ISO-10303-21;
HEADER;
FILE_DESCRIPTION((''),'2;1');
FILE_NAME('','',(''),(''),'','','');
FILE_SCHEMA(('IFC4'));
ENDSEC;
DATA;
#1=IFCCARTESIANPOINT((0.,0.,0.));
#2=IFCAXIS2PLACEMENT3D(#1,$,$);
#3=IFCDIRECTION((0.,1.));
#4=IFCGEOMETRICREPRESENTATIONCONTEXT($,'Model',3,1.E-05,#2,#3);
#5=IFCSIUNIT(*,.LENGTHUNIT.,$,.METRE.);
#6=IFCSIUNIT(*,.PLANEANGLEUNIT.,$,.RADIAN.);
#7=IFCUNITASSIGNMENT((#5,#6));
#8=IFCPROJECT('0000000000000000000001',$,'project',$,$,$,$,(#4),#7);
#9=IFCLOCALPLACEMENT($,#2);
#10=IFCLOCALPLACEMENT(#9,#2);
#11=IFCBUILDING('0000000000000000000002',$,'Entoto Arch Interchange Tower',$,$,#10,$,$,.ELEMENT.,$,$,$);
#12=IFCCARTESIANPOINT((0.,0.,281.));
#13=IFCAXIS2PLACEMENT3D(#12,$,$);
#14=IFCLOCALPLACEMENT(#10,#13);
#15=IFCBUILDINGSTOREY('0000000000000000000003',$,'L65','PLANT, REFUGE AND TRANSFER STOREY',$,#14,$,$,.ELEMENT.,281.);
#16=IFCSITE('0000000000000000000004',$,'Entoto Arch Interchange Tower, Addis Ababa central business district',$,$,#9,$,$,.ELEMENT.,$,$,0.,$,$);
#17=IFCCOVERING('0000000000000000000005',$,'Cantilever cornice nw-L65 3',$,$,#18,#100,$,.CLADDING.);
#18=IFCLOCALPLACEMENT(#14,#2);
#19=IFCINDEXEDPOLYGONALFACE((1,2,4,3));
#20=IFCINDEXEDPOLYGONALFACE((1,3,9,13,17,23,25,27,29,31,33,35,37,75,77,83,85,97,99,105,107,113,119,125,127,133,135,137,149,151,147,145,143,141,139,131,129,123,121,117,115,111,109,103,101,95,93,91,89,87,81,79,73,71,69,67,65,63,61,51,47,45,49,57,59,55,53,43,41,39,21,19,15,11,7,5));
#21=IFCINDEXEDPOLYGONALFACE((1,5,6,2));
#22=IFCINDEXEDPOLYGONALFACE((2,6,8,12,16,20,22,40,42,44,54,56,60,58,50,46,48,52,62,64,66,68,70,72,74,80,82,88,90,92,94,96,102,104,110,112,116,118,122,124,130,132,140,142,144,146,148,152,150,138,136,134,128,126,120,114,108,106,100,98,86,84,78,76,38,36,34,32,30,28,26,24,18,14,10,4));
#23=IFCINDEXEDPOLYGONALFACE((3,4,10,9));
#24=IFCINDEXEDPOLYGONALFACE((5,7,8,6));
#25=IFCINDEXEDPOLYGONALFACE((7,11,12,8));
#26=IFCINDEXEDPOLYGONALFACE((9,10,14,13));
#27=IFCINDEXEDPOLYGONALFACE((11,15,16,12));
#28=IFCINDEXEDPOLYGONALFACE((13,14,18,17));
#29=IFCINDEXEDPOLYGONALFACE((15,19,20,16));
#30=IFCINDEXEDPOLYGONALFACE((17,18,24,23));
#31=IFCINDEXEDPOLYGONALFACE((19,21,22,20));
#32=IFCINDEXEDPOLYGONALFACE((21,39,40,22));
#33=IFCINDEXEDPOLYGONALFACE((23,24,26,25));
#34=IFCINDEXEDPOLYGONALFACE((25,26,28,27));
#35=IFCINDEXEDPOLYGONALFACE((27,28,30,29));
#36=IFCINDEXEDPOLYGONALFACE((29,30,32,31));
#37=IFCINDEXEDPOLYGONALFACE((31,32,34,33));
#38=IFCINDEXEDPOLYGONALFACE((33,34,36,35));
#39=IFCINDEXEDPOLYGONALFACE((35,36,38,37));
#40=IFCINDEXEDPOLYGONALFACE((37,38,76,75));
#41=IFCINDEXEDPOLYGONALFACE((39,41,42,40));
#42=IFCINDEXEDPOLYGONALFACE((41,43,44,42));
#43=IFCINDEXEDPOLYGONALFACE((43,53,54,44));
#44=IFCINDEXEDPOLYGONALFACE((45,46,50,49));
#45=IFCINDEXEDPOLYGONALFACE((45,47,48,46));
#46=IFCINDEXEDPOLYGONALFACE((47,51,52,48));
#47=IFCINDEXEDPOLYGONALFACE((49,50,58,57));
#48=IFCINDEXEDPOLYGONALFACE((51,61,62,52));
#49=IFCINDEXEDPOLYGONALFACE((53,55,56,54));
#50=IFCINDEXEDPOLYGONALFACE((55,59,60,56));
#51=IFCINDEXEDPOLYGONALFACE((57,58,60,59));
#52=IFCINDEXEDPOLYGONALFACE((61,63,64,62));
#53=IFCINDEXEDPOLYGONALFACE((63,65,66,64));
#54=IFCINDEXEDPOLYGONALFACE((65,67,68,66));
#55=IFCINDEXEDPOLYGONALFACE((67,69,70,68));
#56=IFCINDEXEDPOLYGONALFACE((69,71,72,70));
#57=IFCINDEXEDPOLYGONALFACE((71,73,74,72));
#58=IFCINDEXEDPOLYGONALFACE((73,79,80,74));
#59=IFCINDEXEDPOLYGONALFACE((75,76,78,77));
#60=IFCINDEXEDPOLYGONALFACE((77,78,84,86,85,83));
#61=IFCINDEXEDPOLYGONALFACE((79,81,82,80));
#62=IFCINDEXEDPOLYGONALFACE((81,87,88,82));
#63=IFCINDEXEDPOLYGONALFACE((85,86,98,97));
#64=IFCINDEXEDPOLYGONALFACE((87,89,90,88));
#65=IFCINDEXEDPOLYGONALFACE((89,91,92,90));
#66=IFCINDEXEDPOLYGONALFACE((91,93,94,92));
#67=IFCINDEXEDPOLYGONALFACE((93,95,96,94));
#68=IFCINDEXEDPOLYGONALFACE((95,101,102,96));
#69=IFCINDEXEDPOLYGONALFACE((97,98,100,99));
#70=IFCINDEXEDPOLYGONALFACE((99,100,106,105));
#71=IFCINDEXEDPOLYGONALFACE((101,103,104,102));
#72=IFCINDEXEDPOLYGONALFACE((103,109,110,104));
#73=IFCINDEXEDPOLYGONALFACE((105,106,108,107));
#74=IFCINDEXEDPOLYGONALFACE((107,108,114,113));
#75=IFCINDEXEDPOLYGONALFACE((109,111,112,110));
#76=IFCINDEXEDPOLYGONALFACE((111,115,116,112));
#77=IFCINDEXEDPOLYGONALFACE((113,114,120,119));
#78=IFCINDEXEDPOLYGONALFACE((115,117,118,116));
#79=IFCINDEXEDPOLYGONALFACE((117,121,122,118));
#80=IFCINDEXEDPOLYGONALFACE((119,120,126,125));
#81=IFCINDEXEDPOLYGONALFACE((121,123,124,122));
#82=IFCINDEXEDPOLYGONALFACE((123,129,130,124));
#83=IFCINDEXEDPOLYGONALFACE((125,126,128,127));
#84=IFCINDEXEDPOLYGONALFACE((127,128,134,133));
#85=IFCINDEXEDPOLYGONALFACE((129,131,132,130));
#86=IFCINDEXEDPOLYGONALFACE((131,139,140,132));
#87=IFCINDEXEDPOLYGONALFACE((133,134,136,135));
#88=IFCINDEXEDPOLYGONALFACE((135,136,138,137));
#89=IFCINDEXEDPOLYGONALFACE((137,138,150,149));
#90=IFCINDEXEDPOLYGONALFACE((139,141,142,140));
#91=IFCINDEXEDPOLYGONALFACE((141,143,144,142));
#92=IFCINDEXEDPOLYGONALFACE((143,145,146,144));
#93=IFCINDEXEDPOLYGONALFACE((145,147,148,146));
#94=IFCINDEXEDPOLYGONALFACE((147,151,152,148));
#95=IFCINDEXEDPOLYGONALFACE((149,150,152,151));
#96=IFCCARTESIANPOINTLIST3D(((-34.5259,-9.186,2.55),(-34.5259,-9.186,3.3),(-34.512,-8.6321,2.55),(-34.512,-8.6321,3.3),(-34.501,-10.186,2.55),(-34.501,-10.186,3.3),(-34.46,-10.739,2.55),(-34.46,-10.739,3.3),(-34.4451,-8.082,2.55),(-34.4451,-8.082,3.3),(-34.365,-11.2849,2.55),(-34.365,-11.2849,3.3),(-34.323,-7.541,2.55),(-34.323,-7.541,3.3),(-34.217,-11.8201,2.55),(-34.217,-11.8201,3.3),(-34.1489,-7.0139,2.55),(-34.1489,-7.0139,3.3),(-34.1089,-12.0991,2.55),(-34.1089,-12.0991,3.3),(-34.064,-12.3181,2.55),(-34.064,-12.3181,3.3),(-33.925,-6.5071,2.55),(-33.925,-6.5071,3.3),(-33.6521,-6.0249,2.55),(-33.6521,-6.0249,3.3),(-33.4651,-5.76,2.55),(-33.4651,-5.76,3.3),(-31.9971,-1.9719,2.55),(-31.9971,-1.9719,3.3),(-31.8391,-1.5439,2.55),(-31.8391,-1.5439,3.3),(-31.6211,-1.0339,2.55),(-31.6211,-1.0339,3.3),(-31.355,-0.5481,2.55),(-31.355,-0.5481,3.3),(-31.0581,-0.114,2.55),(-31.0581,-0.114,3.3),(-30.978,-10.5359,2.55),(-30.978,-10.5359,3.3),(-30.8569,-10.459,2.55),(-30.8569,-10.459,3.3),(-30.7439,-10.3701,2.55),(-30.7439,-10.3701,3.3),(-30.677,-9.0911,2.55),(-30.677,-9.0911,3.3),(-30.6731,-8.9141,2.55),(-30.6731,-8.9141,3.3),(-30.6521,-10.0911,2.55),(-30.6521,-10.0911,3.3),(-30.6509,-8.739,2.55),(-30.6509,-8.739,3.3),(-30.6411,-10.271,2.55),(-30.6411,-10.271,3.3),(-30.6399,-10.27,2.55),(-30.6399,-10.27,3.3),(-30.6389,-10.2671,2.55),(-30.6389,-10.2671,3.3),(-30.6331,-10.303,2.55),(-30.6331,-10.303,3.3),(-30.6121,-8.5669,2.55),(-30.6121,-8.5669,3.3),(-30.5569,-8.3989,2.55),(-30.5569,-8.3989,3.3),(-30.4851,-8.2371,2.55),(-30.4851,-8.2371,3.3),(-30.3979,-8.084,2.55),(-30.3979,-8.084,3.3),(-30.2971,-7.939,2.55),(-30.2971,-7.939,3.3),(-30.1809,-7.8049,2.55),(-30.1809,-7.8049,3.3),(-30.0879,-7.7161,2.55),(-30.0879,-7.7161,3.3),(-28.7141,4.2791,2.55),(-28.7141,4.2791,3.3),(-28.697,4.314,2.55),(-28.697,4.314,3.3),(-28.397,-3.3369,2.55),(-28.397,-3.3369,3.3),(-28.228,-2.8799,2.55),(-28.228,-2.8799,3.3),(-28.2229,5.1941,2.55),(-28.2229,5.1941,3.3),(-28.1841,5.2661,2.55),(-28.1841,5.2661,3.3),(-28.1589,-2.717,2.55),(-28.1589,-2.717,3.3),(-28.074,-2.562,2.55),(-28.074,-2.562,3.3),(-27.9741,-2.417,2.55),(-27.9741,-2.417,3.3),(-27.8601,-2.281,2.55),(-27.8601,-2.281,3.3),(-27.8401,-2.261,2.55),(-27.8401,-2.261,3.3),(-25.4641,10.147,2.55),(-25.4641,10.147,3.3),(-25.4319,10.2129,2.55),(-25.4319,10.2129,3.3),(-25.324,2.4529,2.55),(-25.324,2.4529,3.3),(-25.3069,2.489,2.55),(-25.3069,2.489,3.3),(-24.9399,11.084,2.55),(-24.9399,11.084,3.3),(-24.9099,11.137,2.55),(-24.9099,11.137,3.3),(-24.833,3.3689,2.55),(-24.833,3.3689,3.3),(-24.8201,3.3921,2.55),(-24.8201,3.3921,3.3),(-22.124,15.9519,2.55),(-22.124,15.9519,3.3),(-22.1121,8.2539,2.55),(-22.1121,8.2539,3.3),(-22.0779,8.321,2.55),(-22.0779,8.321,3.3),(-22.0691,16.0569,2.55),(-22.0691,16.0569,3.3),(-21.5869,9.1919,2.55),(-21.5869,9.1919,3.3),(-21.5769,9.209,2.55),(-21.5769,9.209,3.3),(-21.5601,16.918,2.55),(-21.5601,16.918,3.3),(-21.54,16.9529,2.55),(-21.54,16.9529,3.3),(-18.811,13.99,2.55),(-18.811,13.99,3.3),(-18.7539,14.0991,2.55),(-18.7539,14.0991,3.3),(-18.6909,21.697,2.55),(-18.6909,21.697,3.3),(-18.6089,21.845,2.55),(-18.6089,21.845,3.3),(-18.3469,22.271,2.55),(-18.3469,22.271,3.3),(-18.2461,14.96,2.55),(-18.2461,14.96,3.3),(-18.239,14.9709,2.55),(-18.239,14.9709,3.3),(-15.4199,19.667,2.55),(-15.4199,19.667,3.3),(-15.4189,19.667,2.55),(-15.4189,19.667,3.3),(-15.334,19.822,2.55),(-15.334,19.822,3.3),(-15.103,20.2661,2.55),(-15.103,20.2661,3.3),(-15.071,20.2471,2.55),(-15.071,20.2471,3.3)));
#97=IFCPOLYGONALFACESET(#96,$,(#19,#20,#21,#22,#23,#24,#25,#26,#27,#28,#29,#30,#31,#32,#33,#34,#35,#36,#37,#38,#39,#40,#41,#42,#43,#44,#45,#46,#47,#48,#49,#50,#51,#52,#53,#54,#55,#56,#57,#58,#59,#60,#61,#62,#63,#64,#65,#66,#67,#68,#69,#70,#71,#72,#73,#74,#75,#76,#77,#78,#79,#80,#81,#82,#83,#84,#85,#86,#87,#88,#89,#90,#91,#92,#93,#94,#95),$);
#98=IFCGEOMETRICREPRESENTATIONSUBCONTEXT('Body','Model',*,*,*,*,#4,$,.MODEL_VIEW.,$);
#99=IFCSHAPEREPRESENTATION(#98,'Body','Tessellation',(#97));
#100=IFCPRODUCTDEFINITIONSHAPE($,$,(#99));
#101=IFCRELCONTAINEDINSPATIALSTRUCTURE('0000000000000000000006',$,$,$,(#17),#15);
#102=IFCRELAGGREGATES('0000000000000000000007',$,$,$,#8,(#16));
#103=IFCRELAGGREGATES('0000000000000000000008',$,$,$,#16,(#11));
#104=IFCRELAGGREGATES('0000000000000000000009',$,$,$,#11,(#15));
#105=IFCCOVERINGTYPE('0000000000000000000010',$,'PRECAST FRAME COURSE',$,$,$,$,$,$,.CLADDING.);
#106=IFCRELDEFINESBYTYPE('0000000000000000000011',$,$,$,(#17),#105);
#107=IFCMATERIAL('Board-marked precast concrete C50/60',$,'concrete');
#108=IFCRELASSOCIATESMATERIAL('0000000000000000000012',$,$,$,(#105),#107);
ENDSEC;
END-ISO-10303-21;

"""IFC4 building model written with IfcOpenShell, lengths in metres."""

from ifc_helpers import new_model, si_unit, direction, frame, origin, place, context, subcontext, project, spatial, polyline, outline, extrude, material, type_object, element, save


model = new_model("IFC4")

# Units and contexts
model_context = context("Model", 3, precision=1e-05, world=origin(), true_north=direction((0.0, 1.0)))
body_context = subcontext(model_context, "Body", "Model", "MODEL_VIEW")
ifc_project = project(units=[si_unit("LENGTHUNIT", "METRE"), si_unit("PLANEANGLEUNIT", "RADIAN")], contexts=[model_context])

# Site, building, storey
site_placement = place(None, origin())
site = spatial("IfcSite", under=ifc_project, at=site_placement, Name="Entoto Arch Interchange Tower, Addis Ababa central business district", CompositionType="ELEMENT", RefElevation=0.0)
building_placement = place(site_placement, origin())
building = spatial("IfcBuilding", under=site, at=building_placement, Name="Entoto Arch Interchange Tower", CompositionType="ELEMENT")
storey_placement = place(building_placement, frame((0.0, 0.0, 281.0)))
storey = spatial("IfcBuildingStorey", under=building, at=storey_placement, Name="L65", Description="PLANT, REFUGE AND TRANSFER STOREY", CompositionType="ELEMENT", Elevation=281.0)

# Covering
ifc_material_1 = material(Name="Board-marked precast concrete C50/60", Category="concrete")
covering_type = type_object("IfcCoveringType", Name="PRECAST FRAME COURSE", PredefinedType="CLADDING", material=ifc_material_1)
covering_1_placement = place(storey_placement, frame((0.0, 0.0, 2.55)))
element("IfcCovering", 1, at=covering_1_placement, inside=storey, type_object=covering_type, Name="Cantilever cornice nw-L65 3", PredefinedType="CLADDING", context=body_context, shape_type="SweptSolid", body=[
    extrude(outline(polyline([(-30.7439, -10.3701), (-30.8569, -10.459), (-30.978, -10.5359), (-34.064, -12.3181), (-34.1089, -12.0991), (-34.217, -11.8201), (-34.365, -11.2849), (-34.46, -10.739), (-34.501, -10.186), (-34.5259, -9.186), (-34.512, -8.6321), (-34.4451, -8.082), (-34.323, -7.541), (-34.1489, -7.0139), (-33.925, -6.5071), (-33.6521, -6.0249), (-33.4651, -5.76), (-31.9971, -1.9719), (-31.8391, -1.5439), (-31.6211, -1.0339), (-31.355, -0.5481), (-31.0581, -0.114), (-28.7141, 4.2791), (-28.697, 4.314), (-28.2229, 5.1941), (-28.1841, 5.2661), (-25.4641, 10.147), (-25.4319, 10.2129), (-24.9399, 11.084), (-24.9099, 11.137), (-22.124, 15.9519), (-22.0691, 16.0569), (-21.5601, 16.918), (-21.54, 16.9529), (-18.6909, 21.697), (-18.6089, 21.845), (-18.3469, 22.271), (-15.103, 20.2661), (-15.071, 20.2471), (-15.334, 19.822), (-15.4189, 19.667), (-15.4199, 19.667), (-18.239, 14.9709), (-18.2461, 14.96), (-18.7539, 14.0991), (-18.811, 13.99), (-21.5769, 9.209), (-21.5869, 9.1919), (-22.0779, 8.321), (-22.1121, 8.2539), (-24.8201, 3.3921), (-24.833, 3.3689), (-25.3069, 2.489), (-25.324, 2.4529), (-27.8401, -2.261), (-27.8601, -2.281), (-27.9741, -2.417), (-28.074, -2.562), (-28.1589, -2.717), (-28.228, -2.8799), (-28.397, -3.3369), (-30.0879, -7.7161), (-30.1809, -7.8049), (-30.2971, -7.939), (-30.3979, -8.084), (-30.4851, -8.2371), (-30.5569, -8.3989), (-30.6121, -8.5669), (-30.6509, -8.739), (-30.6731, -8.9141), (-30.677, -9.0911), (-30.6521, -10.0911), (-30.6389, -10.2671), (-30.6331, -10.303), (-30.6399, -10.27), (-30.6411, -10.271), (-30.7439, -10.3701)])), origin(), (0.0, 0.0, 1.0), 0.75),
])

save(model, "model.ifc")
